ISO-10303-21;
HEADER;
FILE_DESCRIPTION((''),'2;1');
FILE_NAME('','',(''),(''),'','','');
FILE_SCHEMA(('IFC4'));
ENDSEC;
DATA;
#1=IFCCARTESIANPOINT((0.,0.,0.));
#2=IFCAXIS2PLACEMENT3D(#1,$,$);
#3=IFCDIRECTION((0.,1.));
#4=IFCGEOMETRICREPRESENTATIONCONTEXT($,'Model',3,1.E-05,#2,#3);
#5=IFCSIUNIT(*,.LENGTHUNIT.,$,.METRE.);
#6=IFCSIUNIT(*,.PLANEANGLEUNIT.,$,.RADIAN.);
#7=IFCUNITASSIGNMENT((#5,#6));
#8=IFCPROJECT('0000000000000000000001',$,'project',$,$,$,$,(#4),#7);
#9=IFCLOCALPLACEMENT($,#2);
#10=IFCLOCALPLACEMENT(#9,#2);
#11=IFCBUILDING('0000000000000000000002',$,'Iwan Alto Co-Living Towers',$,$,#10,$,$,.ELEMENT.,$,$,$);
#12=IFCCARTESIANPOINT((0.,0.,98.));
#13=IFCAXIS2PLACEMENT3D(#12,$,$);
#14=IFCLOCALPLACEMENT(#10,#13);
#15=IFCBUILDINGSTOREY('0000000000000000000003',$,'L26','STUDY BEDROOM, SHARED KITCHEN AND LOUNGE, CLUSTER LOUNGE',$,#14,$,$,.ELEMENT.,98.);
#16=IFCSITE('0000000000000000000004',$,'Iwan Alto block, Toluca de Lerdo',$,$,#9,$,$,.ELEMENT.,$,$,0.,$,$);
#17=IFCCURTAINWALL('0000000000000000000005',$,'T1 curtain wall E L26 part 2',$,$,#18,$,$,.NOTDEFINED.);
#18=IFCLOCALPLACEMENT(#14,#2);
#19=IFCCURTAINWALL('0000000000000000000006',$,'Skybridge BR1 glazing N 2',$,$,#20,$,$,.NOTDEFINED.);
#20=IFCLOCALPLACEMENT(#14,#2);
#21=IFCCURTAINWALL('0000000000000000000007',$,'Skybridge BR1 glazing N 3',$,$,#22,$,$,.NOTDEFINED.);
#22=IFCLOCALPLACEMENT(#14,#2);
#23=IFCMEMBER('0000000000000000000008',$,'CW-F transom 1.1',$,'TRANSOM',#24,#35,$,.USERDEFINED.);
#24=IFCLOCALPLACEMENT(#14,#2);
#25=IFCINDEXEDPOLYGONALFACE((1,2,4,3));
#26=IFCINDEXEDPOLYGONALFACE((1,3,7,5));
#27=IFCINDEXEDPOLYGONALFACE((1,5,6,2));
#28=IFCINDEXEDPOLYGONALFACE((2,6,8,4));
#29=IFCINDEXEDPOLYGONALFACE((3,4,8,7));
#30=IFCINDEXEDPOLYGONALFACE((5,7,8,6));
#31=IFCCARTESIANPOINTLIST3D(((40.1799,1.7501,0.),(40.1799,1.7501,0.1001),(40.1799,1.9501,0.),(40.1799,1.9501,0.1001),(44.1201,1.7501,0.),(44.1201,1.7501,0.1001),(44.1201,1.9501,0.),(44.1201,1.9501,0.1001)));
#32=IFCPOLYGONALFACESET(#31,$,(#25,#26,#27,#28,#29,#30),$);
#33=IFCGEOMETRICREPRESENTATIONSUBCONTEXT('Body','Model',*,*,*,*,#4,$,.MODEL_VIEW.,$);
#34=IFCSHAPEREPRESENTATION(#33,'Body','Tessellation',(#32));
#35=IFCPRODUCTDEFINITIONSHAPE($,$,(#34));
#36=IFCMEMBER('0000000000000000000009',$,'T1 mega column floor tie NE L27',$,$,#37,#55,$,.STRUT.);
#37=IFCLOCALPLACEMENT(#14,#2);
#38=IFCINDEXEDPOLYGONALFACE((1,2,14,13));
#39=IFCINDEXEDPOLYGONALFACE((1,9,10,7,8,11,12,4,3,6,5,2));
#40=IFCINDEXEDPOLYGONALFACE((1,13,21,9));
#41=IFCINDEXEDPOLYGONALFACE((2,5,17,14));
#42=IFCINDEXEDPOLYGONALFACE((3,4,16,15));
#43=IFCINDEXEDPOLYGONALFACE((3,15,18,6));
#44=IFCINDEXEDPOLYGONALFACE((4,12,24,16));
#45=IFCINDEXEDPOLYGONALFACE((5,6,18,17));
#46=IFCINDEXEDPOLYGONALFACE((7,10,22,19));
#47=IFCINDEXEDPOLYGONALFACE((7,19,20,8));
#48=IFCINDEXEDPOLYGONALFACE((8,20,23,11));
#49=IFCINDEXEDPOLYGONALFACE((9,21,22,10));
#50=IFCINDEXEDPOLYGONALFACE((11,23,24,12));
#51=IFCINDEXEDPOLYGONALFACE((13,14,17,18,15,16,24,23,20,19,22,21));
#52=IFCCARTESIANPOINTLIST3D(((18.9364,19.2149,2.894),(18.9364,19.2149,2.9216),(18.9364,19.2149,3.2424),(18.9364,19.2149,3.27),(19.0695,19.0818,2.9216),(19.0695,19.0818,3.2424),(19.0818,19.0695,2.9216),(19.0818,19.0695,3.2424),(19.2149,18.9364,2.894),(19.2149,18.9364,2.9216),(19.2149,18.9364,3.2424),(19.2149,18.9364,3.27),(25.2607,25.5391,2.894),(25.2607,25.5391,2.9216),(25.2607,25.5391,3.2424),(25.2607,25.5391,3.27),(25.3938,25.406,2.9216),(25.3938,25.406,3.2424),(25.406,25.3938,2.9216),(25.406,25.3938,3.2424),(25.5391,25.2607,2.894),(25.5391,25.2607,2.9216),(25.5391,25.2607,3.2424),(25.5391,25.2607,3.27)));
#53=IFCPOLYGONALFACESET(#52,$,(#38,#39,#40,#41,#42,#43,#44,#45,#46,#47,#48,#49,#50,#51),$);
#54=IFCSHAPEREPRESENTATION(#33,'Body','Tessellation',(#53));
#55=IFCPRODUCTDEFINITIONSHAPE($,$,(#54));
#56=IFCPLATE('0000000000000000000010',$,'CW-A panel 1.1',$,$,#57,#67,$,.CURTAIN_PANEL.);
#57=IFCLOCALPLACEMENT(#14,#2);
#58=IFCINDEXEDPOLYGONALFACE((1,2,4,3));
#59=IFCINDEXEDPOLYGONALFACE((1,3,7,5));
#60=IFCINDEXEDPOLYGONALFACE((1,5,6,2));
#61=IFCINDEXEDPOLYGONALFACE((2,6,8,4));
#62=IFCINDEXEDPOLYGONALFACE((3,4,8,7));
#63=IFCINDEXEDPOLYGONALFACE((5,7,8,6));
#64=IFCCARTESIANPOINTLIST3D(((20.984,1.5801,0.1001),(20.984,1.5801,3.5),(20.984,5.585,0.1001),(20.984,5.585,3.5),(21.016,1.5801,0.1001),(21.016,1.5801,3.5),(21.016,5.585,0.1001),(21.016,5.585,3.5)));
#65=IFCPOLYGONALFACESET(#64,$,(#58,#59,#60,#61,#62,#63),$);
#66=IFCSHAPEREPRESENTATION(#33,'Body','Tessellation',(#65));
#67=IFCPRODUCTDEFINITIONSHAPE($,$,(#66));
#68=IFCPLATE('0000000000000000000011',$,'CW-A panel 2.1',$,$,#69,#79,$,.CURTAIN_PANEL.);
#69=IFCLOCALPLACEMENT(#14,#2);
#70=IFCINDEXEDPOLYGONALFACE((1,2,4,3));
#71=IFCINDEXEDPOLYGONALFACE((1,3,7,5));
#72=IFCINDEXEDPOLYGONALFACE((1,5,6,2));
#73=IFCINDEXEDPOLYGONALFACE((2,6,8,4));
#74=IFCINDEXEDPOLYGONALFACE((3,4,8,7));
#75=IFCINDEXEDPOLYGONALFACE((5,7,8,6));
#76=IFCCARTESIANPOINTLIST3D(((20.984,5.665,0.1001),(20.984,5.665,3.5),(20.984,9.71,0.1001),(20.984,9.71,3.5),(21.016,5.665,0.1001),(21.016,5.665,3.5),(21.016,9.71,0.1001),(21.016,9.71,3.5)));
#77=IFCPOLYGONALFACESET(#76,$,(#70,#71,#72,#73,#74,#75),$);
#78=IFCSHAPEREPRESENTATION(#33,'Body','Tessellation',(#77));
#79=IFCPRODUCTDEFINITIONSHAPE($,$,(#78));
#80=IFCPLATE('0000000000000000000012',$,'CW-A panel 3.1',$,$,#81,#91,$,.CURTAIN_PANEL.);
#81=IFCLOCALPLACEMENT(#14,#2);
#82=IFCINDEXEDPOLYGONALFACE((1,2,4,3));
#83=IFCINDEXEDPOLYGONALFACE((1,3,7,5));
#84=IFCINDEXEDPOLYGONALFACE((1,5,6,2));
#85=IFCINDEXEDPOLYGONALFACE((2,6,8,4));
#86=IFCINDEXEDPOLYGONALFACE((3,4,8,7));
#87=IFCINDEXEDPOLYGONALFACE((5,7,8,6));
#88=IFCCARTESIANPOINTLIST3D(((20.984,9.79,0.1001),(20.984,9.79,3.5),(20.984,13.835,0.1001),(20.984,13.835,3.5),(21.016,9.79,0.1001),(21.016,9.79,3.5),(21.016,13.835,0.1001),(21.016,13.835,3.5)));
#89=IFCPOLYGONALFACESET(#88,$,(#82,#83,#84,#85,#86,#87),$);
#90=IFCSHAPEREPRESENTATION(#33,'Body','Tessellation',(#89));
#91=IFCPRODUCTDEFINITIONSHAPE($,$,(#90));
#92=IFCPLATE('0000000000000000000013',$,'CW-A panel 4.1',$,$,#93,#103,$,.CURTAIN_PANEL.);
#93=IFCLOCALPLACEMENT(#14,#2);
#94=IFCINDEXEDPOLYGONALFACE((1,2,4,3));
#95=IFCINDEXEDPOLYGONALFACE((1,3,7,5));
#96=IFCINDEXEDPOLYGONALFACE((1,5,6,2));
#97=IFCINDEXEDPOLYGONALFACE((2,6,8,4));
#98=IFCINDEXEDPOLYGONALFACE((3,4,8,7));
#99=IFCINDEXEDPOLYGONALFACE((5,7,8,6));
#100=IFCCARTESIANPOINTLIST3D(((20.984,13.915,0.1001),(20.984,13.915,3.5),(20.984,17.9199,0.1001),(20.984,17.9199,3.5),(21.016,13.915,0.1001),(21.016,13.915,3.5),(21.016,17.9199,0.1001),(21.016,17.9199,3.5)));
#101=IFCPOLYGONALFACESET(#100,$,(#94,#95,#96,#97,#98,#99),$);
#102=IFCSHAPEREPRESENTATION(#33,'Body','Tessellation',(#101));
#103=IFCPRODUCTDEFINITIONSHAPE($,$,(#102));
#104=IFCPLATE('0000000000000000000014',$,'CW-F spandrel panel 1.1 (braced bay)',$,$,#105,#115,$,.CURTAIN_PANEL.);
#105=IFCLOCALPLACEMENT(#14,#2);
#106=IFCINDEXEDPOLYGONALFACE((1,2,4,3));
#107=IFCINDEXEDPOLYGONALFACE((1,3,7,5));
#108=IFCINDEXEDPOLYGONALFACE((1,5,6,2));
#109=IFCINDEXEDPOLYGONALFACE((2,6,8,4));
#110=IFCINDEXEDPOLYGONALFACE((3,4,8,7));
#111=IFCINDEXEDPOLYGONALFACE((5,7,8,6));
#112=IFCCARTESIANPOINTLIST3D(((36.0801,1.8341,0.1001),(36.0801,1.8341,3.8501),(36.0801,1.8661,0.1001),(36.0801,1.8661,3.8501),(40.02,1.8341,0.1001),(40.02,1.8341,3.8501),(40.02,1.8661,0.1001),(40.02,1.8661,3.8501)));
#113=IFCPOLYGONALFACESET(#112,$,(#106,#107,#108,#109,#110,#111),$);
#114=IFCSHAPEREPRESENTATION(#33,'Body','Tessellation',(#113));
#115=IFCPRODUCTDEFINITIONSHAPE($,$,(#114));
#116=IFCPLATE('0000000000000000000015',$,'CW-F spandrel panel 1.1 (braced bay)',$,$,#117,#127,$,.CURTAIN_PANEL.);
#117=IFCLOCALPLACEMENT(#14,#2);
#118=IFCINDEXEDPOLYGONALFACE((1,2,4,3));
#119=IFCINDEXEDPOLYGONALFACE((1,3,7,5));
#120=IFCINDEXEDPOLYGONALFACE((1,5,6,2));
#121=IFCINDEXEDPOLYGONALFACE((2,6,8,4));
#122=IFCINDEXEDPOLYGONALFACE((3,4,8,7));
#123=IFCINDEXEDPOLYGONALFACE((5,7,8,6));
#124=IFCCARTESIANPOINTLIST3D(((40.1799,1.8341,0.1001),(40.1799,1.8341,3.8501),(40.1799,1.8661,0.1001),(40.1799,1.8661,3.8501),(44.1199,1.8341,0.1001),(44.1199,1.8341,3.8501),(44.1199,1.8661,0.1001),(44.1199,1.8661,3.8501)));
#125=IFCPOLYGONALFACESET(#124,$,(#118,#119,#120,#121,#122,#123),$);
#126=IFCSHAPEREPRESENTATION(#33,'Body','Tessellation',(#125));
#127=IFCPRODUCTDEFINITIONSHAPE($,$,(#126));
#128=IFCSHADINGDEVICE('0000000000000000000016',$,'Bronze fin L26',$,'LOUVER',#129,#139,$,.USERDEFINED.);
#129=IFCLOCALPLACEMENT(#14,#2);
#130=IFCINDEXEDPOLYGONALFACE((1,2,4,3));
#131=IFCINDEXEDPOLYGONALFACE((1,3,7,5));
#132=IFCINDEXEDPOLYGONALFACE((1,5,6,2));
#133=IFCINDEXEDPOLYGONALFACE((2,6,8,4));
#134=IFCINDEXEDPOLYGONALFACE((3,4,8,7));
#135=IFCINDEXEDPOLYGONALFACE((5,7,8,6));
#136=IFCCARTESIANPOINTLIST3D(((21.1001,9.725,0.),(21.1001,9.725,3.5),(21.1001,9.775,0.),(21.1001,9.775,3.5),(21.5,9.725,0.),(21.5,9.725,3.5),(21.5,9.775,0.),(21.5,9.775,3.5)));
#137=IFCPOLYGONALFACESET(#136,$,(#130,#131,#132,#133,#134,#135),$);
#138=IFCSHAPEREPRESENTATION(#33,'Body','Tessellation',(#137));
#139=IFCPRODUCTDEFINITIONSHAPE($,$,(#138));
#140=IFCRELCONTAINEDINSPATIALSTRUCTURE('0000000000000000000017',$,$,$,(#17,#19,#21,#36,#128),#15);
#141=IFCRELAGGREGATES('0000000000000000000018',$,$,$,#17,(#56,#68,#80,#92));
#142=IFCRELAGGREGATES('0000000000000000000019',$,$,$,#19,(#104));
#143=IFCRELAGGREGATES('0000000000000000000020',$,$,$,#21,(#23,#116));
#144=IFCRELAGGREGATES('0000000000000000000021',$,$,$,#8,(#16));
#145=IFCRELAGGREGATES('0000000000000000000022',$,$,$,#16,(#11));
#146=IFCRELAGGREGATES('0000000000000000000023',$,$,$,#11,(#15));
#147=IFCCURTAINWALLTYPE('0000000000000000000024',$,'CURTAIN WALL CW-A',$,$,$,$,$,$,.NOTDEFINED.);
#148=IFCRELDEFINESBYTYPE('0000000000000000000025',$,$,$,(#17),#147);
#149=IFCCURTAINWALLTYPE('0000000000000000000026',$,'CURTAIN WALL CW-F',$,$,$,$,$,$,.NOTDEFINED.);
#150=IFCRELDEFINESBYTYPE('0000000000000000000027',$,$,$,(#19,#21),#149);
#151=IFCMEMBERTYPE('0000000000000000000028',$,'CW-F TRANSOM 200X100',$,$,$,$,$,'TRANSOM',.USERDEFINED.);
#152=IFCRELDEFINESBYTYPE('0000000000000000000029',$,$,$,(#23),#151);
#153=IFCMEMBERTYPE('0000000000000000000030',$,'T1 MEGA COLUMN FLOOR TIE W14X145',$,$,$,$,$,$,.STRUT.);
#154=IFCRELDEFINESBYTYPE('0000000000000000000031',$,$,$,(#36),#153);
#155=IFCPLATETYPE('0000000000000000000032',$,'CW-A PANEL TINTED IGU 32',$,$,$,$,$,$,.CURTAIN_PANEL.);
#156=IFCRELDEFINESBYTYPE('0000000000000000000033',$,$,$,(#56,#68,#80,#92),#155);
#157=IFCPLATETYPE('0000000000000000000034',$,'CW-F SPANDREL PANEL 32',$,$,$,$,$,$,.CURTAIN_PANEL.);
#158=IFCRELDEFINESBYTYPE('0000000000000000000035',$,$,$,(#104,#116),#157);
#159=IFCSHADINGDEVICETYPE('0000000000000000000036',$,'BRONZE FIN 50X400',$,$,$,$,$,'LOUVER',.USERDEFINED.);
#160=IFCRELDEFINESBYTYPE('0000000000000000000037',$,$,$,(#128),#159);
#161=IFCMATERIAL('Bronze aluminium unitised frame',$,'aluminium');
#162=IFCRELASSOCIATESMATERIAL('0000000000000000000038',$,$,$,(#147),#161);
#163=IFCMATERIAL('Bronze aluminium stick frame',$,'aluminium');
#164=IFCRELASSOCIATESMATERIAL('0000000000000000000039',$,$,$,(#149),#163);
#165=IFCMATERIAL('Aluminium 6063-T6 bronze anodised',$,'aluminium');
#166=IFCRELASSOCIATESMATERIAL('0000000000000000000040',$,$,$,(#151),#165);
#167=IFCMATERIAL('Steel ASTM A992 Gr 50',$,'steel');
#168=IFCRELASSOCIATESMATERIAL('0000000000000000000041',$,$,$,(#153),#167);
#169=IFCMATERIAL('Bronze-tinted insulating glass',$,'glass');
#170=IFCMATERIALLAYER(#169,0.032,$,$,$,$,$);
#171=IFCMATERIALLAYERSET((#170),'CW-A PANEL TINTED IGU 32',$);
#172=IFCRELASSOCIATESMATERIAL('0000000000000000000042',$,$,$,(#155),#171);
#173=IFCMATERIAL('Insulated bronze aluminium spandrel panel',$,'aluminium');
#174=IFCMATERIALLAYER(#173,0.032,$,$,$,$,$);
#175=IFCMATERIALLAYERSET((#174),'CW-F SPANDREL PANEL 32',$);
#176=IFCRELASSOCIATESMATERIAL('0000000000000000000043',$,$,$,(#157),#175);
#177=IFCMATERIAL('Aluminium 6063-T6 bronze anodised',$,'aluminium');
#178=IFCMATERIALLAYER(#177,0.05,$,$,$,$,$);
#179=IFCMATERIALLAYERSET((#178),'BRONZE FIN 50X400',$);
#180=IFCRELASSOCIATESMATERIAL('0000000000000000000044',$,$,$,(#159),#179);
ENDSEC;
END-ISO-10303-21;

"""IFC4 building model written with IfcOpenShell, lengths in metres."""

from ifc_helpers import new_model, si_unit, direction, frame, origin, origin_2d, place, context, subcontext, project, spatial, rectangle, i_section, extrude, material, layer, layer_set, material_profile, profile_set, type_object, element, aggregate, save


model = new_model("IFC4")

# Units and contexts
model_context = context("Model", 3, precision=1e-05, world=origin(), true_north=direction((0.0, 1.0)))
body_context = subcontext(model_context, "Body", "Model", "MODEL_VIEW")
ifc_project = project(units=[si_unit("LENGTHUNIT", "METRE"), si_unit("PLANEANGLEUNIT", "RADIAN")], contexts=[model_context])

# Site, building, storey
site_placement = place(None, origin())
site = spatial("IfcSite", under=ifc_project, at=site_placement, Name="Iwan Alto block, Toluca de Lerdo", CompositionType="ELEMENT", RefElevation=0.0)
building_placement = place(site_placement, origin())
building = spatial("IfcBuilding", under=site, at=building_placement, Name="Iwan Alto Co-Living Towers", CompositionType="ELEMENT")
storey_placement = place(building_placement, frame((0.0, 0.0, 98.0)))
storey = spatial("IfcBuildingStorey", under=building, at=storey_placement, Name="L26", Description="STUDY BEDROOM, SHARED KITCHEN AND LOUNGE, CLUSTER LOUNGE", CompositionType="ELEMENT", Elevation=98.0)

# Curtain walls
ifc_material_1 = material(Name="Bronze aluminium unitised frame", Category="aluminium")
curtain_wall_type_1 = type_object("IfcCurtainWallType", Name="CURTAIN WALL CW-A", PredefinedType="NOTDEFINED", material=ifc_material_1)
curtain_wall_1_placement = place(storey_placement, origin())
curtain_wall_1 = element("IfcCurtainWall", 1, at=curtain_wall_1_placement, inside=storey, type_object=curtain_wall_type_1, Name="T1 curtain wall E L26 part 2", PredefinedType="NOTDEFINED")
ifc_material_2 = material(Name="Bronze aluminium stick frame", Category="aluminium")
curtain_wall_type_2 = type_object("IfcCurtainWallType", Name="CURTAIN WALL CW-F", PredefinedType="NOTDEFINED", material=ifc_material_2)
curtain_wall_2_placement = place(storey_placement, origin())
curtain_wall_2 = element("IfcCurtainWall", 2, at=curtain_wall_2_placement, inside=storey, type_object=curtain_wall_type_2, Name="Skybridge BR1 glazing N 2", PredefinedType="NOTDEFINED")
curtain_wall_3_placement = place(storey_placement, origin())
curtain_wall_3 = element("IfcCurtainWall", 3, at=curtain_wall_3_placement, inside=storey, type_object=curtain_wall_type_2, Name="Skybridge BR1 glazing N 3", PredefinedType="NOTDEFINED")

# Members
ifc_material_3 = material(Name="Aluminium 6063-T6 bronze anodised", Category="aluminium")
ifc_material_profile_1 = material_profile(ifc_material_3, rectangle(XDim=0.2, YDim=0.1001, at=origin_2d()), Name="AL 200X100")
ifc_profile_set_1 = profile_set([ifc_material_profile_1], Name="Aluminium 6063-T6 bronze anodised")
member_type_1 = type_object("IfcMemberType", Name="CW-F TRANSOM 200X100", ElementType="TRANSOM", PredefinedType="USERDEFINED", material=ifc_profile_set_1)
member_1_placement = place(storey_placement, frame((44.1201, 1.8501, 0.05), z_axis=(-1.0, 0.0, 0.0), x_axis=(0.0, -1.0, 0.0)))
member_1 = element("IfcMember", 4, at=member_1_placement, type_object=member_type_1, Name="CW-F transom 1.1", ObjectType="TRANSOM", PredefinedType="USERDEFINED", context=body_context, shape_type="SweptSolid", body=[
    extrude(rectangle(XDim=0.2, YDim=0.1001, at=origin_2d()), origin(), (0.0, 0.0, 1.0), 3.9402),
])
ifc_material_4 = material(Name="Steel ASTM A992 Gr 50", Category="steel")
ifc_material_profile_2 = material_profile(ifc_material_4, i_section(OverallWidth=0.3938, OverallDepth=0.376, WebThickness=0.0173, FlangeThickness=0.0276, at=origin_2d()), Name="W14X145")
ifc_profile_set_2 = profile_set([ifc_material_profile_2], Name="Steel ASTM A992 Gr 50")
member_type_2 = type_object("IfcMemberType", Name="T1 MEGA COLUMN FLOOR TIE W14X145", PredefinedType="STRUT", material=ifc_profile_set_2)
member_2_placement = place(storey_placement, frame((25.3999, 25.3999, 3.082), z_axis=(-0.707107, -0.707107, 0.0), x_axis=(0.707107, -0.707107, 0.0)))
element("IfcMember", 5, at=member_2_placement, inside=storey, type_object=member_type_2, Name="T1 mega column floor tie NE L27", PredefinedType="STRUT", context=body_context, shape_type="SweptSolid", body=[
    extrude(i_section(OverallWidth=0.3938, OverallDepth=0.376, WebThickness=0.0173, FlangeThickness=0.0276, at=origin_2d()), origin(), (0.0, 0.0, 1.0), 8.9438),
])

# Plates
ifc_material_5 = material(Name="Bronze-tinted insulating glass", Category="glass")
ifc_layer_1 = layer(ifc_material_5, 0.032)
ifc_layer_set_1 = layer_set([ifc_layer_1], Name="CW-A PANEL TINTED IGU 32")
plate_type_1 = type_object("IfcPlateType", Name="CW-A PANEL TINTED IGU 32", PredefinedType="CURTAIN_PANEL", material=ifc_layer_set_1)
plate_1_placement = place(storey_placement, frame((21.0, 3.5825, 0.1001), z_axis=(0.0, 0.0, 1.0), x_axis=(0.0, 1.0, 0.0)))
plate_1 = element("IfcPlate", 6, at=plate_1_placement, type_object=plate_type_1, Name="CW-A panel 1.1", PredefinedType="CURTAIN_PANEL", context=body_context, shape_type="SweptSolid", body=[
    extrude(rectangle(XDim=4.0049, YDim=0.032, at=origin_2d()), origin(), (0.0, 0.0, 1.0), 3.3999),
])
plate_2_placement = place(storey_placement, frame((21.0, 7.6875, 0.1001), z_axis=(0.0, 0.0, 1.0), x_axis=(0.0, 1.0, 0.0)))
plate_2 = element("IfcPlate", 7, at=plate_2_placement, type_object=plate_type_1, Name="CW-A panel 2.1", PredefinedType="CURTAIN_PANEL", context=body_context, shape_type="SweptSolid", body=[
    extrude(rectangle(XDim=4.0449, YDim=0.032, at=origin_2d()), origin(), (0.0, 0.0, 1.0), 3.3999),
])
plate_3_placement = place(storey_placement, frame((21.0, 11.8125, 0.1001), z_axis=(0.0, 0.0, 1.0), x_axis=(0.0, 1.0, 0.0)))
plate_3 = element("IfcPlate", 8, at=plate_3_placement, type_object=plate_type_1, Name="CW-A panel 3.1", PredefinedType="CURTAIN_PANEL", context=body_context, shape_type="SweptSolid", body=[
    extrude(rectangle(XDim=4.0449, YDim=0.032, at=origin_2d()), origin(), (0.0, 0.0, 1.0), 3.3999),
])
plate_4_placement = place(storey_placement, frame((21.0, 15.9175, 0.1001), z_axis=(0.0, 0.0, 1.0), x_axis=(0.0, 1.0, 0.0)))
plate_4 = element("IfcPlate", 9, at=plate_4_placement, type_object=plate_type_1, Name="CW-A panel 4.1", PredefinedType="CURTAIN_PANEL", context=body_context, shape_type="SweptSolid", body=[
    extrude(rectangle(XDim=4.0049, YDim=0.032, at=origin_2d()), origin(), (0.0, 0.0, 1.0), 3.3999),
])
aggregate(curtain_wall_1, [plate_1, plate_2, plate_3, plate_4])
ifc_material_6 = material(Name="Insulated bronze aluminium spandrel panel", Category="aluminium")
ifc_layer_2 = layer(ifc_material_6, 0.032)
ifc_layer_set_2 = layer_set([ifc_layer_2], Name="CW-F SPANDREL PANEL 32")
plate_type_2 = type_object("IfcPlateType", Name="CW-F SPANDREL PANEL 32", PredefinedType="CURTAIN_PANEL", material=ifc_layer_set_2)
plate_5_placement = place(storey_placement, frame((38.05, 1.8501, 0.1001), z_axis=(0.0, 0.0, 1.0), x_axis=(-1.0, 0.0, 0.0)))
plate_5 = element("IfcPlate", 10, at=plate_5_placement, type_object=plate_type_2, Name="CW-F spandrel panel 1.1 (braced bay)", PredefinedType="CURTAIN_PANEL", context=body_context, shape_type="SweptSolid", body=[
    extrude(rectangle(XDim=3.9399, YDim=0.032, at=origin_2d()), origin(), (0.0, 0.0, 1.0), 3.75),
])
aggregate(curtain_wall_2, [plate_5])
plate_6_placement = place(storey_placement, frame((42.1499, 1.8501, 0.1001), z_axis=(0.0, 0.0, 1.0), x_axis=(-1.0, 0.0, 0.0)))
plate_6 = element("IfcPlate", 11, at=plate_6_placement, type_object=plate_type_2, Name="CW-F spandrel panel 1.1 (braced bay)", PredefinedType="CURTAIN_PANEL", context=body_context, shape_type="SweptSolid", body=[
    extrude(rectangle(XDim=3.9399, YDim=0.032, at=origin_2d()), origin(), (0.0, 0.0, 1.0), 3.75),
])
aggregate(curtain_wall_3, [member_1, plate_6])

# Shading device
ifc_material_7 = material(Name="Aluminium 6063-T6 bronze anodised", Category="aluminium")
ifc_layer_3 = layer(ifc_material_7, 0.05)
ifc_layer_set_3 = layer_set([ifc_layer_3], Name="BRONZE FIN 50X400")
shading_device_type = type_object("IfcShadingDeviceType", Name="BRONZE FIN 50X400", ElementType="LOUVER", PredefinedType="USERDEFINED", material=ifc_layer_set_3)
shading_device_placement = place(storey_placement, frame((21.3, 9.75, 0.0), z_axis=(0.0, 0.0, 1.0), x_axis=(0.0, 1.0, 0.0)))
element("IfcShadingDevice", 12, at=shading_device_placement, inside=storey, type_object=shading_device_type, Name="Bronze fin L26", ObjectType="LOUVER", PredefinedType="USERDEFINED", context=body_context, shape_type="SweptSolid", body=[
    extrude(rectangle(XDim=0.05, YDim=0.3999, at=origin_2d()), origin(), (0.0, 0.0, 1.0), 3.5),
])

save(model, "model.ifc")
